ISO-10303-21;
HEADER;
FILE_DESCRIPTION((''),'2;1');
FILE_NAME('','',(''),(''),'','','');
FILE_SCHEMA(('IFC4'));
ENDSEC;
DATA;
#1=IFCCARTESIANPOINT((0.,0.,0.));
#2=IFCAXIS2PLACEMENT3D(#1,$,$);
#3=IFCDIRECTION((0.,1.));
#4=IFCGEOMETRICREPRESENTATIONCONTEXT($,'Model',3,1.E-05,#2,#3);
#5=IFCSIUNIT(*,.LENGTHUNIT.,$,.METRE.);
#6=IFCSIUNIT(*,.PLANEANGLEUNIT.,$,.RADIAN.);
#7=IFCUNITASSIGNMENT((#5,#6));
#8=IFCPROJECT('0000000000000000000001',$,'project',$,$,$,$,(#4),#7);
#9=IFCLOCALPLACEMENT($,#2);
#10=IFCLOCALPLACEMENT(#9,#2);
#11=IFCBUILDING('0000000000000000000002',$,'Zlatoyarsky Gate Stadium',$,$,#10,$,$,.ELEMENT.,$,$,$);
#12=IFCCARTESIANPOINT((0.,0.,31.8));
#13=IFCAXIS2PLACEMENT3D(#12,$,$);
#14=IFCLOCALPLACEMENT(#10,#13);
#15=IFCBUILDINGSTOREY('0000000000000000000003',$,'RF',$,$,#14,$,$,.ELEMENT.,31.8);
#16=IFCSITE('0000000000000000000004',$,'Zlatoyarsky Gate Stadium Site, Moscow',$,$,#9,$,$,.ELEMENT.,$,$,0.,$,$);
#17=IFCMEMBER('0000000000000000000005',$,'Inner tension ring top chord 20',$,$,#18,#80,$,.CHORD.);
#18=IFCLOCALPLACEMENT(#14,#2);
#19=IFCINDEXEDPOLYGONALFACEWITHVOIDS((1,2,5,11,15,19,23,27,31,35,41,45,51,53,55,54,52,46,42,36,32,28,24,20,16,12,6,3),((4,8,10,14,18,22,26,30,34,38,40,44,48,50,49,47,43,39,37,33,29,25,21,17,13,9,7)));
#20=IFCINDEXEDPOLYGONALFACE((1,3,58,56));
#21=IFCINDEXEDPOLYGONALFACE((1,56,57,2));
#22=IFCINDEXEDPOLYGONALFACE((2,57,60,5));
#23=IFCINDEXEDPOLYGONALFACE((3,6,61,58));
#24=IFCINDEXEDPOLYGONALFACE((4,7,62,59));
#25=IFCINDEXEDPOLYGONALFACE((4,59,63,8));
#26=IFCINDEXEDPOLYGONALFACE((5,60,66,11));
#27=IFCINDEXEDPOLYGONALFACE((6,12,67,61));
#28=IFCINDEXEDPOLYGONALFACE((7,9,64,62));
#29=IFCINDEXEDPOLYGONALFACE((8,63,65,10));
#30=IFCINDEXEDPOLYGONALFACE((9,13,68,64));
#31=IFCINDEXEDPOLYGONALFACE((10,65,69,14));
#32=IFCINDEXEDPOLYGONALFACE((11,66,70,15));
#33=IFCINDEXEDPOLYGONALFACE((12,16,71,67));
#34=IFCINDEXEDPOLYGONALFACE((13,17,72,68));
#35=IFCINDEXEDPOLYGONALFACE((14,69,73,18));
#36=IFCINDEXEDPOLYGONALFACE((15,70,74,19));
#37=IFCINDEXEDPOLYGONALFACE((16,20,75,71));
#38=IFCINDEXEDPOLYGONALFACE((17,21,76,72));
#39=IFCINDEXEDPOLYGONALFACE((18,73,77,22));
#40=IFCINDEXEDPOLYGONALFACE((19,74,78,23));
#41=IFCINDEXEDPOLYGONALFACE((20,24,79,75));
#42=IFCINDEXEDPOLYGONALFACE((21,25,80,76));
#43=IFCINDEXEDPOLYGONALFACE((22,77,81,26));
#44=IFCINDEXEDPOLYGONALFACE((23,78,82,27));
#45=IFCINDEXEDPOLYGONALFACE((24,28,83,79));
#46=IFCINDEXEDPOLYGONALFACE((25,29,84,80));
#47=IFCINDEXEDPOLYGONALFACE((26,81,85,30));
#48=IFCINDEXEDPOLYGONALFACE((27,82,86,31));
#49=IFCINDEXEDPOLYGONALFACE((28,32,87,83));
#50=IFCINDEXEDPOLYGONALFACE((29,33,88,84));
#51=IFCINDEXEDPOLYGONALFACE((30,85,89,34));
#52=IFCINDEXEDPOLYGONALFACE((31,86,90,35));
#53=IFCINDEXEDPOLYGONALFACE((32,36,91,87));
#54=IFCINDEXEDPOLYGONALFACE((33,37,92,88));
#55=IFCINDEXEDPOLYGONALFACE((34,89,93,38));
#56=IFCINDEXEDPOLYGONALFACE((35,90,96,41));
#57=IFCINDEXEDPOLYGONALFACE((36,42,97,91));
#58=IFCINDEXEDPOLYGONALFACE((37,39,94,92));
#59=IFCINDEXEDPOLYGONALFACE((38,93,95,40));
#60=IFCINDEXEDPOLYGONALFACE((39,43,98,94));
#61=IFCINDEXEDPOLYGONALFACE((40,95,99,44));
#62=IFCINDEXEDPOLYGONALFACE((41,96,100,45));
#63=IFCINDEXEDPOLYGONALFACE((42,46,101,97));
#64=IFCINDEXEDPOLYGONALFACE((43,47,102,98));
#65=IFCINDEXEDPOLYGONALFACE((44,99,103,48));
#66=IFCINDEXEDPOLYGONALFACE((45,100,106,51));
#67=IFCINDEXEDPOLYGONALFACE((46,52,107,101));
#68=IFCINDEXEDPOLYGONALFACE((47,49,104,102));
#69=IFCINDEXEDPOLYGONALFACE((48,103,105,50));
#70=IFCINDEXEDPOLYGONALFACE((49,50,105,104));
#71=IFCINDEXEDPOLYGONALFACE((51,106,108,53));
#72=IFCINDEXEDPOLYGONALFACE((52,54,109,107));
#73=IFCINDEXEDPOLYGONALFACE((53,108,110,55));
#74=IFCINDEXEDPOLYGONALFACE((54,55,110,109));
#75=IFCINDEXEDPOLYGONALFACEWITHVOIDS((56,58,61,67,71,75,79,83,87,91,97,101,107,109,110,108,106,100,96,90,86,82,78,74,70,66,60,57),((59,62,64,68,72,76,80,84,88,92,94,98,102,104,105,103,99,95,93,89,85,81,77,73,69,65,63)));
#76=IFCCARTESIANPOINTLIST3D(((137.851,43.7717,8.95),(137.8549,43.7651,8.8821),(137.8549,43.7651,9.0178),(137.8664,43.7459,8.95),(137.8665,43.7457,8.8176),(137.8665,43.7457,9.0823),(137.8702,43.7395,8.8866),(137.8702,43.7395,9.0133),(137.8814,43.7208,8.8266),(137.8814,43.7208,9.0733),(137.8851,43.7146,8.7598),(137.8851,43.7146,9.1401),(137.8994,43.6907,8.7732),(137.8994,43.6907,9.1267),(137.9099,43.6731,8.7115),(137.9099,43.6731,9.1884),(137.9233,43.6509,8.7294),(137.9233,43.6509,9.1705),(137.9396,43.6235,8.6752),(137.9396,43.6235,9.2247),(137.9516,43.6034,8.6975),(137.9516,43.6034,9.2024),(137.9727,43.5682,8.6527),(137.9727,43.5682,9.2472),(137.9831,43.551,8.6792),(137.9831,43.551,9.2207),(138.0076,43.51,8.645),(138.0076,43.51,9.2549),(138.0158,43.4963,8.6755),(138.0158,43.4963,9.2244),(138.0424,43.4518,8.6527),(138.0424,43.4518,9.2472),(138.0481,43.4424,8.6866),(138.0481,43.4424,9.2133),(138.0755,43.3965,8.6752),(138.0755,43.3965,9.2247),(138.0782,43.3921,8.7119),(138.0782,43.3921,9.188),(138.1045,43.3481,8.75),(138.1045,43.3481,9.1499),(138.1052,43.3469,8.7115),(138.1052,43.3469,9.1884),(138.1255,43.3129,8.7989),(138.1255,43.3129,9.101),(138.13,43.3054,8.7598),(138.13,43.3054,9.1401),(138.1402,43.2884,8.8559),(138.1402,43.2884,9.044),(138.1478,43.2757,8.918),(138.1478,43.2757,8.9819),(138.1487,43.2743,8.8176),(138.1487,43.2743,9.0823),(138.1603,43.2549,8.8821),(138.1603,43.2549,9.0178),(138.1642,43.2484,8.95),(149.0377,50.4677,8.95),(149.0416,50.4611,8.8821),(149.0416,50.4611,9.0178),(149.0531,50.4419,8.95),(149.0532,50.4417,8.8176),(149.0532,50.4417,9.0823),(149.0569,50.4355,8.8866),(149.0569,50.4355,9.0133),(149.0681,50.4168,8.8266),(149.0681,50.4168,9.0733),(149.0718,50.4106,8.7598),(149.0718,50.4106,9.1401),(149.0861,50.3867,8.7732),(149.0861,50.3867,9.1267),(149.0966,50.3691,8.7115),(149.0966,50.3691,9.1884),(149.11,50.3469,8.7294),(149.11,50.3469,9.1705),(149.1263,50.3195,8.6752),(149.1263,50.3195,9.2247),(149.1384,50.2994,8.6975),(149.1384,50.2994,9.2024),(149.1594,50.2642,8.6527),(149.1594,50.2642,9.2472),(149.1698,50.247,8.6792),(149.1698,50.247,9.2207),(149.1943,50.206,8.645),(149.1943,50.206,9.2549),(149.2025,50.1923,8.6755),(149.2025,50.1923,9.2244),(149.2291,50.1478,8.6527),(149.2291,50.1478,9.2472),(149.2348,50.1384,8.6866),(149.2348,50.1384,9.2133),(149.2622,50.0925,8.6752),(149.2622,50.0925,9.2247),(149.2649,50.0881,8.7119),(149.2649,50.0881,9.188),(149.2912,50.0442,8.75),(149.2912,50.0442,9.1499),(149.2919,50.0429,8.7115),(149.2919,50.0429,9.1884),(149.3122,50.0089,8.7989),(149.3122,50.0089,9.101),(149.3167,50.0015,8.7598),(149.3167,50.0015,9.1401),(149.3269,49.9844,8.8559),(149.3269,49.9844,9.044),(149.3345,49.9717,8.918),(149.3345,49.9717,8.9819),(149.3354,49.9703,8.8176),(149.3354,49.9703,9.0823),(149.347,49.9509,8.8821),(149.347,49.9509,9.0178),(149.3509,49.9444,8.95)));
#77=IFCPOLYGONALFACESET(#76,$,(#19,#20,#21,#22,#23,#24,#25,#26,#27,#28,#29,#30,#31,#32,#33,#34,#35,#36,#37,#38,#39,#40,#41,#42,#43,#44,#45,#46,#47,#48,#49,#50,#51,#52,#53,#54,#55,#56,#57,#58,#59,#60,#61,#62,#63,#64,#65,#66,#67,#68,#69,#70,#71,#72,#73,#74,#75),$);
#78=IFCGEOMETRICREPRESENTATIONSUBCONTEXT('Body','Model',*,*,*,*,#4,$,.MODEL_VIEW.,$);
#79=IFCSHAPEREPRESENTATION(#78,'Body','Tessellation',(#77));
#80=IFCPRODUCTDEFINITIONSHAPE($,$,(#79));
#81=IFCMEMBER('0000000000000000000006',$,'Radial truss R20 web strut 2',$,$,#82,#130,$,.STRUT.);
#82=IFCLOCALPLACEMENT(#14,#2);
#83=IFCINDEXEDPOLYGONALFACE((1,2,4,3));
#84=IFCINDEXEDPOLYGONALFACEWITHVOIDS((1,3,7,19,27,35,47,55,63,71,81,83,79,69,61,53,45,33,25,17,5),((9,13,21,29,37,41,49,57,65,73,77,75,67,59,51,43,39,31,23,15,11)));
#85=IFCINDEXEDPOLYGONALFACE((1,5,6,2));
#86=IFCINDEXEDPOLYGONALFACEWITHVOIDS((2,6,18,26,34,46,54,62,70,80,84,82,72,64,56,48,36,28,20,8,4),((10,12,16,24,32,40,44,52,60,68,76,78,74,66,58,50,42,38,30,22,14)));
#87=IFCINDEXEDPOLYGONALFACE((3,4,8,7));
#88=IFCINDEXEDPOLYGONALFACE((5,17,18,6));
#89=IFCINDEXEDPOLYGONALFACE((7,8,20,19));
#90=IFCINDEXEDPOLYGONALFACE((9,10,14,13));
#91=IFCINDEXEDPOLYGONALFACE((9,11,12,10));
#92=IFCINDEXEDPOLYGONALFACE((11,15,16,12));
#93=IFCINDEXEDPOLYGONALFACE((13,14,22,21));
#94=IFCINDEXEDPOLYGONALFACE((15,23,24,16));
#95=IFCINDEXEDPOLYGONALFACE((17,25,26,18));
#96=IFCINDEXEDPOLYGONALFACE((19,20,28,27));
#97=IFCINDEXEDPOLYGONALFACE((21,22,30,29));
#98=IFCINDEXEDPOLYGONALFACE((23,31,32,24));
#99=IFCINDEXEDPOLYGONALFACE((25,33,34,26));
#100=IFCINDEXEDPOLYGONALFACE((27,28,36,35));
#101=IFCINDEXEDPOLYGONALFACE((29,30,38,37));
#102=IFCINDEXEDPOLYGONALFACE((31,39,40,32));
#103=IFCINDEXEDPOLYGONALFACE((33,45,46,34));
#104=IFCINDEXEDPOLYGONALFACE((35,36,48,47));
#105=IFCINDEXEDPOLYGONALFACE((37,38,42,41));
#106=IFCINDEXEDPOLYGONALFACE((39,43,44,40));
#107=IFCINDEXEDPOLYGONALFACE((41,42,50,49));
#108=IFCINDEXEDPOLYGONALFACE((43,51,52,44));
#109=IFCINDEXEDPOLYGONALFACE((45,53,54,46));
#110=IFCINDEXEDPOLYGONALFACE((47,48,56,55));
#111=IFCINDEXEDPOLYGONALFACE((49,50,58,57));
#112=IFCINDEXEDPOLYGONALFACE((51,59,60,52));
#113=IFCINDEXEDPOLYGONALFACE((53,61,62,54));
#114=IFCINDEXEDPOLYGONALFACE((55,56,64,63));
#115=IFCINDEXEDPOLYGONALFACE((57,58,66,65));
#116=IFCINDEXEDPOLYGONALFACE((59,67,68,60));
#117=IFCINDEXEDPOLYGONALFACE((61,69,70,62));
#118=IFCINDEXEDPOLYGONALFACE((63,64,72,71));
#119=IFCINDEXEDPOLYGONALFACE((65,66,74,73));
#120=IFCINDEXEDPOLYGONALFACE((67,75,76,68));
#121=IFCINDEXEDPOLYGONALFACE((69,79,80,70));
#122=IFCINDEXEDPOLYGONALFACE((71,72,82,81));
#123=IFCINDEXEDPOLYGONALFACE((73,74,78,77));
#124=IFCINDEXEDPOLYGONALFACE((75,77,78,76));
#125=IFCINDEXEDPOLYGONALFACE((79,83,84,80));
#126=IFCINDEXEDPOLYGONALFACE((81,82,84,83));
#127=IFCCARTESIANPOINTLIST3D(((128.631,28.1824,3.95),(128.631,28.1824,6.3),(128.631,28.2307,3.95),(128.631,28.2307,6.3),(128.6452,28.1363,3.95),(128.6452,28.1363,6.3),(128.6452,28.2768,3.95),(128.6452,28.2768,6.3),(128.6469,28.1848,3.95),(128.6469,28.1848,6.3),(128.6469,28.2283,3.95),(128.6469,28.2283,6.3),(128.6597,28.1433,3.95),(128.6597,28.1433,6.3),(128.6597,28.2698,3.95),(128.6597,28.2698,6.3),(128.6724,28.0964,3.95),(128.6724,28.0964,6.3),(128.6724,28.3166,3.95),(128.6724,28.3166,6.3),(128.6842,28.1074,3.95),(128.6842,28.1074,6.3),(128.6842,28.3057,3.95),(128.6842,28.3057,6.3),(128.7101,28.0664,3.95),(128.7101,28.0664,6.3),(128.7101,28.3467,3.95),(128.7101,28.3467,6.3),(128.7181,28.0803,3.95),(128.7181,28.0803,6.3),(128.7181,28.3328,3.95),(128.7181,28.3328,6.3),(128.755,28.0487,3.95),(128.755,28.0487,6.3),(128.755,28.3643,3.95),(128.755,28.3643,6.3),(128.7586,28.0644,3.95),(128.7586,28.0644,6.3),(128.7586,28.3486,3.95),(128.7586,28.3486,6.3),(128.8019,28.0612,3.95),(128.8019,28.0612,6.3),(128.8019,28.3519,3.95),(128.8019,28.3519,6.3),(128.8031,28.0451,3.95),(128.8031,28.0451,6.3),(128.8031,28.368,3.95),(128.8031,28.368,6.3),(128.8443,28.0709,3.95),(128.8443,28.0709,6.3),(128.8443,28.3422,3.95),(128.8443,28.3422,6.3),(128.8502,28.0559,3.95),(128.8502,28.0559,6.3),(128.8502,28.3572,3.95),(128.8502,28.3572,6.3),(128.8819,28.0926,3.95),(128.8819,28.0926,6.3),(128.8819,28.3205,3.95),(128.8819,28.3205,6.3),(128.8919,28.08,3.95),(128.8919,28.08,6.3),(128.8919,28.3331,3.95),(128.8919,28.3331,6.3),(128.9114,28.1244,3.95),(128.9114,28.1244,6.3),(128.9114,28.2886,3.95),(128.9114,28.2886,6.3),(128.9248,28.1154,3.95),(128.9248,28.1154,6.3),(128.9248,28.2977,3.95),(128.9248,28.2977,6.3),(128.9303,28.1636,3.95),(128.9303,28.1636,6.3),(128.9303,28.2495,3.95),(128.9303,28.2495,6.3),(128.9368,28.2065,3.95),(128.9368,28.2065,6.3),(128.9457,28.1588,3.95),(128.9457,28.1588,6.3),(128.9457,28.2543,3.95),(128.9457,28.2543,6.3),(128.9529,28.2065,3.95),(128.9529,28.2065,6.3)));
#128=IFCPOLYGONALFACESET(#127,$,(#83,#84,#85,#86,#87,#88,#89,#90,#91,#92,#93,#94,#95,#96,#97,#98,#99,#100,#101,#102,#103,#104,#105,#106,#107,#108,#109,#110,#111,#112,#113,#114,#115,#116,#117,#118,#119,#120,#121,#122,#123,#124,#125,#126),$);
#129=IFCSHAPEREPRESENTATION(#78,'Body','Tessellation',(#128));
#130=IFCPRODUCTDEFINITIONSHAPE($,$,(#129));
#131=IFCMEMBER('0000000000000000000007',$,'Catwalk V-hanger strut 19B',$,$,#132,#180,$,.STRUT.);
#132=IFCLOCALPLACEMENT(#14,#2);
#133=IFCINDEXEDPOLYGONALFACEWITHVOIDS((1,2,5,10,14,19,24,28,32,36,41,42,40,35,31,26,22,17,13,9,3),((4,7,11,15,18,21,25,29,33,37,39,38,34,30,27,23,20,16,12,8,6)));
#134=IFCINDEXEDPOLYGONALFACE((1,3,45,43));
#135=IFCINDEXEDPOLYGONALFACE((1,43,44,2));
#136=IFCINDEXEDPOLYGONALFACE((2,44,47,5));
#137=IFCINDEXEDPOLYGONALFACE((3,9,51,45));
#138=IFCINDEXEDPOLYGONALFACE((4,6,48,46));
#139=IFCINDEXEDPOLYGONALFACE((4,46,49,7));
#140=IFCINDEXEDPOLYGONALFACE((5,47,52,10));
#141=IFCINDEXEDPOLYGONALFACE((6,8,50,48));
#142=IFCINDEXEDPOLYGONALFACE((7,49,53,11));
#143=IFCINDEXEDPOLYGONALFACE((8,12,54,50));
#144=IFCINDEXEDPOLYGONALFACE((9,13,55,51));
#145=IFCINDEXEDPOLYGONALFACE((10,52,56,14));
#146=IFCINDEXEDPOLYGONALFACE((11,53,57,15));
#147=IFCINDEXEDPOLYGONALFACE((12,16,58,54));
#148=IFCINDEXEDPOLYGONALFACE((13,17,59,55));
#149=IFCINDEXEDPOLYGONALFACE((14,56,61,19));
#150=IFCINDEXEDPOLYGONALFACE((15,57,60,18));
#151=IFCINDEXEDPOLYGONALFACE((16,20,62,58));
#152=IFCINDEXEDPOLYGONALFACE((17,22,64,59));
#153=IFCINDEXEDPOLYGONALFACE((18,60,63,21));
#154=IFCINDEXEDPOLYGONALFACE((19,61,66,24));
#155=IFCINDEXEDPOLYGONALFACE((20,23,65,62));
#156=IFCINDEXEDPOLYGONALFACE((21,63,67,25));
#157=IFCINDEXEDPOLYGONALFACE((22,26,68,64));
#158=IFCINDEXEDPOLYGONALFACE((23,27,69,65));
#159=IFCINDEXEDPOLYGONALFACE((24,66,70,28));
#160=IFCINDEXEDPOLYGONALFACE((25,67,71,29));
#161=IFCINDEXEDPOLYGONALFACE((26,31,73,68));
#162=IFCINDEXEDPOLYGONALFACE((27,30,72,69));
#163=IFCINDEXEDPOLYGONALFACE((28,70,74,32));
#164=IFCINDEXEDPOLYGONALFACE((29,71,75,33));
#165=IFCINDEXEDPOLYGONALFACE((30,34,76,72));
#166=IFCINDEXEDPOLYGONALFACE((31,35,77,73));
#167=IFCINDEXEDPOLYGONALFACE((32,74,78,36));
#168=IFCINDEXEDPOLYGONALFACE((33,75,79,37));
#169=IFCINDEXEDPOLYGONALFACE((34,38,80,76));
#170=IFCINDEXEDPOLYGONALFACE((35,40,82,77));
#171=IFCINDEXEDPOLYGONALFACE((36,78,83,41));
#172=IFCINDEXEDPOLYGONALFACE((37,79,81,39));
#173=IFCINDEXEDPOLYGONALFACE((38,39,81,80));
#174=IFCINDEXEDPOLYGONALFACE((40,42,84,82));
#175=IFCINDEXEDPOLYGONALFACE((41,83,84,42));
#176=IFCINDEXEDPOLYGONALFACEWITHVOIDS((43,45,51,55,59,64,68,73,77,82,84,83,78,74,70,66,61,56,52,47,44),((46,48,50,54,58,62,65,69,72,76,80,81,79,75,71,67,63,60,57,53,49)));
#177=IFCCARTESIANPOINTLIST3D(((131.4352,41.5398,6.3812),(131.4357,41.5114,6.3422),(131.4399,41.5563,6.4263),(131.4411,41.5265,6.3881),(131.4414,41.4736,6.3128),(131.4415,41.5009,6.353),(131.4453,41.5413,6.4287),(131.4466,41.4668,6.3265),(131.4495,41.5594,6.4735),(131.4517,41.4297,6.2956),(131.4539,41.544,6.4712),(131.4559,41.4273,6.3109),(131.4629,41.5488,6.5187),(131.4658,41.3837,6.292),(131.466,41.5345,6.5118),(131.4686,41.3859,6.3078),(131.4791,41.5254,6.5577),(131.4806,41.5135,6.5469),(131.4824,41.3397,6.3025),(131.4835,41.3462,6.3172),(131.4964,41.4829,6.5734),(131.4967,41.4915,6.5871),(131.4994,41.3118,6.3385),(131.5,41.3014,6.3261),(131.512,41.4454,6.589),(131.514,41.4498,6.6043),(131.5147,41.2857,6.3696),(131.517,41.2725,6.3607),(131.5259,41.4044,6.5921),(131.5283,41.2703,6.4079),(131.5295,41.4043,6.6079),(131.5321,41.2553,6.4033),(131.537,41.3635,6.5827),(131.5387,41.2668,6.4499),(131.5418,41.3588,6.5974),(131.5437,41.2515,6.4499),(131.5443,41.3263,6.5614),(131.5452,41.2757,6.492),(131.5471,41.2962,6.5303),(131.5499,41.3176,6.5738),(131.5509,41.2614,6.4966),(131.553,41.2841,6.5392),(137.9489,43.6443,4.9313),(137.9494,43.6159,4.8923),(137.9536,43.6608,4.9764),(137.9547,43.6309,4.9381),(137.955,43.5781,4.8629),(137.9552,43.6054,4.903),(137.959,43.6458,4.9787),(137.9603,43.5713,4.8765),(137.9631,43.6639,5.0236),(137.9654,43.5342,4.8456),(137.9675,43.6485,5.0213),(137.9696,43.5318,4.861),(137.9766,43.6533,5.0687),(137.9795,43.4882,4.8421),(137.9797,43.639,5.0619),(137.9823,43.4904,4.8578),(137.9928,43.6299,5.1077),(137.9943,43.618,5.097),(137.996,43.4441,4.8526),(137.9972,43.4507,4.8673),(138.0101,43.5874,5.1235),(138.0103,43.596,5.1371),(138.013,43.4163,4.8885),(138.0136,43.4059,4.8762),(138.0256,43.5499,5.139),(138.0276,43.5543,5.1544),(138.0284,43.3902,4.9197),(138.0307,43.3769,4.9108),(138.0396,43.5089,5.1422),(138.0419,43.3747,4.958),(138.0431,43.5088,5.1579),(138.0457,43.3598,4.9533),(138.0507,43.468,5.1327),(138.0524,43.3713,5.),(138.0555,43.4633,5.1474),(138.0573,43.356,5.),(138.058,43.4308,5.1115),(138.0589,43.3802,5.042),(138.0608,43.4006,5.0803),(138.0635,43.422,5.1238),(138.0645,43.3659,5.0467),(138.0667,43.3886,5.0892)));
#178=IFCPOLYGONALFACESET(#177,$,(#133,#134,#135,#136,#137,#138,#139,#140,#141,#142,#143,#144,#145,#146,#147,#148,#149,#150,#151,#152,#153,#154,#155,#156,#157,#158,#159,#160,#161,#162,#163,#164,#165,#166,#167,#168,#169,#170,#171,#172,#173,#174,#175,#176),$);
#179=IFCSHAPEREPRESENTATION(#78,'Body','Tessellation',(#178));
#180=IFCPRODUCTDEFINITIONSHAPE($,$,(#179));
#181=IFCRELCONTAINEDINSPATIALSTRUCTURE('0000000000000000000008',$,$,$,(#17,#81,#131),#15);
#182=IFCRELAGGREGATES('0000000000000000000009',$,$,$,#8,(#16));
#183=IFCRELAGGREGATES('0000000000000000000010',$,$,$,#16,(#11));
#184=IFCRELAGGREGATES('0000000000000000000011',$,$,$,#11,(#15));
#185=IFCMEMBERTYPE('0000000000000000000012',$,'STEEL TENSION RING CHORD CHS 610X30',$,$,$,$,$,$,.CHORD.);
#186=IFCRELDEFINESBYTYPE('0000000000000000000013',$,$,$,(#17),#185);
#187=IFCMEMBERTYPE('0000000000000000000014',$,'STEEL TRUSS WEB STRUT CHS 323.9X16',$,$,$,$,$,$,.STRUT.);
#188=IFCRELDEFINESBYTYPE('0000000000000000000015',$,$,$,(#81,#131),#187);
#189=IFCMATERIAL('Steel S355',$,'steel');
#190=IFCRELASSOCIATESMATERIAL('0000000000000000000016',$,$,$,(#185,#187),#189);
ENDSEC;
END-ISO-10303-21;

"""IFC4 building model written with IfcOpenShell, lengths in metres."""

from ifc_helpers import new_model, si_unit, direction, frame, origin, origin_2d, place, context, subcontext, project, spatial, hollow_circle, extrude, material, material_profile, profile_set, type_object, element, save


model = new_model("IFC4")

# Units and contexts
model_context = context("Model", 3, precision=1e-05, world=origin(), true_north=direction((0.0, 1.0)))
body_context = subcontext(model_context, "Body", "Model", "MODEL_VIEW")
ifc_project = project(units=[si_unit("LENGTHUNIT", "METRE"), si_unit("PLANEANGLEUNIT", "RADIAN")], contexts=[model_context])

# Site, building, storey
site_placement = place(None, origin())
site = spatial("IfcSite", under=ifc_project, at=site_placement, Name="Zlatoyarsky Gate Stadium Site, Moscow", CompositionType="ELEMENT", RefElevation=0.0)
building_placement = place(site_placement, origin())
building = spatial("IfcBuilding", under=site, at=building_placement, Name="Zlatoyarsky Gate Stadium", CompositionType="ELEMENT")
storey_placement = place(building_placement, frame((0.0, 0.0, 31.8)))
storey = spatial("IfcBuildingStorey", under=building, at=storey_placement, Name="RF", CompositionType="ELEMENT", Elevation=31.8)

# Shared definitions
ifc_material_1 = material(Name="Steel S355", Category="steel")

# Members
ifc_material_profile_1 = material_profile(ifc_material_1, hollow_circle(Radius=0.3049, WallThickness=0.03, at=origin_2d()), Name="CHS 610X30")
ifc_profile_set_1 = profile_set([ifc_material_profile_1], Name="Steel S355")
member_type_1 = type_object("IfcMemberType", Name="STEEL TENSION RING CHORD CHS 610X30", PredefinedType="CHORD", material=ifc_profile_set_1)
member_1_placement = place(storey_placement, frame((138.0076, 43.51, 8.95), z_axis=(0.858034, 0.513592, 0.0), x_axis=(-0.513592, 0.858034, 0.0)))
element("IfcMember", 1, at=member_1_placement, inside=storey, type_object=member_type_1, Name="Inner tension ring top chord 20", PredefinedType="CHORD", context=body_context, shape_type="SweptSolid", body=[
    extrude(hollow_circle(Radius=0.3049, WallThickness=0.03, at=origin_2d()), origin(), (0.0, 0.0, 1.0), 13.0376),
])
ifc_material_profile_2 = material_profile(ifc_material_1, hollow_circle(Radius=0.1619, WallThickness=0.0161, at=origin_2d()), Name="CHS 323.9X16")
ifc_profile_set_2 = profile_set([ifc_material_profile_2], Name="Steel S355")
member_type_2 = type_object("IfcMemberType", Name="STEEL TRUSS WEB STRUT CHS 323.9X16", PredefinedType="STRUT", material=ifc_profile_set_2)
member_2_placement = place(storey_placement, frame((128.791, 28.2065, 3.95), z_axis=(0.0, 0.0, 1.0), x_axis=(1.0, 0.0, 0.0)))
element("IfcMember", 2, at=member_2_placement, inside=storey, type_object=member_type_2, Name="Radial truss R20 web strut 2", PredefinedType="STRUT", context=body_context, shape_type="SweptSolid", body=[
    extrude(hollow_circle(Radius=0.1619, WallThickness=0.0161, at=origin_2d()), origin(), (0.0, 0.0, 1.0), 2.3501),
])
member_3_placement = place(storey_placement, frame((138.0076, 43.51, 5.0), z_axis=(-0.930913, -0.300767, 0.207222), x_axis=(0.30744, -0.951567, 0.0)))
element("IfcMember", 3, at=member_3_placement, inside=storey, type_object=member_type_2, Name="Catwalk V-hanger strut 19B", PredefinedType="STRUT", context=body_context, shape_type="SweptSolid", body=[
    extrude(hollow_circle(Radius=0.1619, WallThickness=0.0161, at=origin_2d()), origin(), (0.0, 0.0, 1.0), 6.9971),
])

save(model, "model.ifc")
